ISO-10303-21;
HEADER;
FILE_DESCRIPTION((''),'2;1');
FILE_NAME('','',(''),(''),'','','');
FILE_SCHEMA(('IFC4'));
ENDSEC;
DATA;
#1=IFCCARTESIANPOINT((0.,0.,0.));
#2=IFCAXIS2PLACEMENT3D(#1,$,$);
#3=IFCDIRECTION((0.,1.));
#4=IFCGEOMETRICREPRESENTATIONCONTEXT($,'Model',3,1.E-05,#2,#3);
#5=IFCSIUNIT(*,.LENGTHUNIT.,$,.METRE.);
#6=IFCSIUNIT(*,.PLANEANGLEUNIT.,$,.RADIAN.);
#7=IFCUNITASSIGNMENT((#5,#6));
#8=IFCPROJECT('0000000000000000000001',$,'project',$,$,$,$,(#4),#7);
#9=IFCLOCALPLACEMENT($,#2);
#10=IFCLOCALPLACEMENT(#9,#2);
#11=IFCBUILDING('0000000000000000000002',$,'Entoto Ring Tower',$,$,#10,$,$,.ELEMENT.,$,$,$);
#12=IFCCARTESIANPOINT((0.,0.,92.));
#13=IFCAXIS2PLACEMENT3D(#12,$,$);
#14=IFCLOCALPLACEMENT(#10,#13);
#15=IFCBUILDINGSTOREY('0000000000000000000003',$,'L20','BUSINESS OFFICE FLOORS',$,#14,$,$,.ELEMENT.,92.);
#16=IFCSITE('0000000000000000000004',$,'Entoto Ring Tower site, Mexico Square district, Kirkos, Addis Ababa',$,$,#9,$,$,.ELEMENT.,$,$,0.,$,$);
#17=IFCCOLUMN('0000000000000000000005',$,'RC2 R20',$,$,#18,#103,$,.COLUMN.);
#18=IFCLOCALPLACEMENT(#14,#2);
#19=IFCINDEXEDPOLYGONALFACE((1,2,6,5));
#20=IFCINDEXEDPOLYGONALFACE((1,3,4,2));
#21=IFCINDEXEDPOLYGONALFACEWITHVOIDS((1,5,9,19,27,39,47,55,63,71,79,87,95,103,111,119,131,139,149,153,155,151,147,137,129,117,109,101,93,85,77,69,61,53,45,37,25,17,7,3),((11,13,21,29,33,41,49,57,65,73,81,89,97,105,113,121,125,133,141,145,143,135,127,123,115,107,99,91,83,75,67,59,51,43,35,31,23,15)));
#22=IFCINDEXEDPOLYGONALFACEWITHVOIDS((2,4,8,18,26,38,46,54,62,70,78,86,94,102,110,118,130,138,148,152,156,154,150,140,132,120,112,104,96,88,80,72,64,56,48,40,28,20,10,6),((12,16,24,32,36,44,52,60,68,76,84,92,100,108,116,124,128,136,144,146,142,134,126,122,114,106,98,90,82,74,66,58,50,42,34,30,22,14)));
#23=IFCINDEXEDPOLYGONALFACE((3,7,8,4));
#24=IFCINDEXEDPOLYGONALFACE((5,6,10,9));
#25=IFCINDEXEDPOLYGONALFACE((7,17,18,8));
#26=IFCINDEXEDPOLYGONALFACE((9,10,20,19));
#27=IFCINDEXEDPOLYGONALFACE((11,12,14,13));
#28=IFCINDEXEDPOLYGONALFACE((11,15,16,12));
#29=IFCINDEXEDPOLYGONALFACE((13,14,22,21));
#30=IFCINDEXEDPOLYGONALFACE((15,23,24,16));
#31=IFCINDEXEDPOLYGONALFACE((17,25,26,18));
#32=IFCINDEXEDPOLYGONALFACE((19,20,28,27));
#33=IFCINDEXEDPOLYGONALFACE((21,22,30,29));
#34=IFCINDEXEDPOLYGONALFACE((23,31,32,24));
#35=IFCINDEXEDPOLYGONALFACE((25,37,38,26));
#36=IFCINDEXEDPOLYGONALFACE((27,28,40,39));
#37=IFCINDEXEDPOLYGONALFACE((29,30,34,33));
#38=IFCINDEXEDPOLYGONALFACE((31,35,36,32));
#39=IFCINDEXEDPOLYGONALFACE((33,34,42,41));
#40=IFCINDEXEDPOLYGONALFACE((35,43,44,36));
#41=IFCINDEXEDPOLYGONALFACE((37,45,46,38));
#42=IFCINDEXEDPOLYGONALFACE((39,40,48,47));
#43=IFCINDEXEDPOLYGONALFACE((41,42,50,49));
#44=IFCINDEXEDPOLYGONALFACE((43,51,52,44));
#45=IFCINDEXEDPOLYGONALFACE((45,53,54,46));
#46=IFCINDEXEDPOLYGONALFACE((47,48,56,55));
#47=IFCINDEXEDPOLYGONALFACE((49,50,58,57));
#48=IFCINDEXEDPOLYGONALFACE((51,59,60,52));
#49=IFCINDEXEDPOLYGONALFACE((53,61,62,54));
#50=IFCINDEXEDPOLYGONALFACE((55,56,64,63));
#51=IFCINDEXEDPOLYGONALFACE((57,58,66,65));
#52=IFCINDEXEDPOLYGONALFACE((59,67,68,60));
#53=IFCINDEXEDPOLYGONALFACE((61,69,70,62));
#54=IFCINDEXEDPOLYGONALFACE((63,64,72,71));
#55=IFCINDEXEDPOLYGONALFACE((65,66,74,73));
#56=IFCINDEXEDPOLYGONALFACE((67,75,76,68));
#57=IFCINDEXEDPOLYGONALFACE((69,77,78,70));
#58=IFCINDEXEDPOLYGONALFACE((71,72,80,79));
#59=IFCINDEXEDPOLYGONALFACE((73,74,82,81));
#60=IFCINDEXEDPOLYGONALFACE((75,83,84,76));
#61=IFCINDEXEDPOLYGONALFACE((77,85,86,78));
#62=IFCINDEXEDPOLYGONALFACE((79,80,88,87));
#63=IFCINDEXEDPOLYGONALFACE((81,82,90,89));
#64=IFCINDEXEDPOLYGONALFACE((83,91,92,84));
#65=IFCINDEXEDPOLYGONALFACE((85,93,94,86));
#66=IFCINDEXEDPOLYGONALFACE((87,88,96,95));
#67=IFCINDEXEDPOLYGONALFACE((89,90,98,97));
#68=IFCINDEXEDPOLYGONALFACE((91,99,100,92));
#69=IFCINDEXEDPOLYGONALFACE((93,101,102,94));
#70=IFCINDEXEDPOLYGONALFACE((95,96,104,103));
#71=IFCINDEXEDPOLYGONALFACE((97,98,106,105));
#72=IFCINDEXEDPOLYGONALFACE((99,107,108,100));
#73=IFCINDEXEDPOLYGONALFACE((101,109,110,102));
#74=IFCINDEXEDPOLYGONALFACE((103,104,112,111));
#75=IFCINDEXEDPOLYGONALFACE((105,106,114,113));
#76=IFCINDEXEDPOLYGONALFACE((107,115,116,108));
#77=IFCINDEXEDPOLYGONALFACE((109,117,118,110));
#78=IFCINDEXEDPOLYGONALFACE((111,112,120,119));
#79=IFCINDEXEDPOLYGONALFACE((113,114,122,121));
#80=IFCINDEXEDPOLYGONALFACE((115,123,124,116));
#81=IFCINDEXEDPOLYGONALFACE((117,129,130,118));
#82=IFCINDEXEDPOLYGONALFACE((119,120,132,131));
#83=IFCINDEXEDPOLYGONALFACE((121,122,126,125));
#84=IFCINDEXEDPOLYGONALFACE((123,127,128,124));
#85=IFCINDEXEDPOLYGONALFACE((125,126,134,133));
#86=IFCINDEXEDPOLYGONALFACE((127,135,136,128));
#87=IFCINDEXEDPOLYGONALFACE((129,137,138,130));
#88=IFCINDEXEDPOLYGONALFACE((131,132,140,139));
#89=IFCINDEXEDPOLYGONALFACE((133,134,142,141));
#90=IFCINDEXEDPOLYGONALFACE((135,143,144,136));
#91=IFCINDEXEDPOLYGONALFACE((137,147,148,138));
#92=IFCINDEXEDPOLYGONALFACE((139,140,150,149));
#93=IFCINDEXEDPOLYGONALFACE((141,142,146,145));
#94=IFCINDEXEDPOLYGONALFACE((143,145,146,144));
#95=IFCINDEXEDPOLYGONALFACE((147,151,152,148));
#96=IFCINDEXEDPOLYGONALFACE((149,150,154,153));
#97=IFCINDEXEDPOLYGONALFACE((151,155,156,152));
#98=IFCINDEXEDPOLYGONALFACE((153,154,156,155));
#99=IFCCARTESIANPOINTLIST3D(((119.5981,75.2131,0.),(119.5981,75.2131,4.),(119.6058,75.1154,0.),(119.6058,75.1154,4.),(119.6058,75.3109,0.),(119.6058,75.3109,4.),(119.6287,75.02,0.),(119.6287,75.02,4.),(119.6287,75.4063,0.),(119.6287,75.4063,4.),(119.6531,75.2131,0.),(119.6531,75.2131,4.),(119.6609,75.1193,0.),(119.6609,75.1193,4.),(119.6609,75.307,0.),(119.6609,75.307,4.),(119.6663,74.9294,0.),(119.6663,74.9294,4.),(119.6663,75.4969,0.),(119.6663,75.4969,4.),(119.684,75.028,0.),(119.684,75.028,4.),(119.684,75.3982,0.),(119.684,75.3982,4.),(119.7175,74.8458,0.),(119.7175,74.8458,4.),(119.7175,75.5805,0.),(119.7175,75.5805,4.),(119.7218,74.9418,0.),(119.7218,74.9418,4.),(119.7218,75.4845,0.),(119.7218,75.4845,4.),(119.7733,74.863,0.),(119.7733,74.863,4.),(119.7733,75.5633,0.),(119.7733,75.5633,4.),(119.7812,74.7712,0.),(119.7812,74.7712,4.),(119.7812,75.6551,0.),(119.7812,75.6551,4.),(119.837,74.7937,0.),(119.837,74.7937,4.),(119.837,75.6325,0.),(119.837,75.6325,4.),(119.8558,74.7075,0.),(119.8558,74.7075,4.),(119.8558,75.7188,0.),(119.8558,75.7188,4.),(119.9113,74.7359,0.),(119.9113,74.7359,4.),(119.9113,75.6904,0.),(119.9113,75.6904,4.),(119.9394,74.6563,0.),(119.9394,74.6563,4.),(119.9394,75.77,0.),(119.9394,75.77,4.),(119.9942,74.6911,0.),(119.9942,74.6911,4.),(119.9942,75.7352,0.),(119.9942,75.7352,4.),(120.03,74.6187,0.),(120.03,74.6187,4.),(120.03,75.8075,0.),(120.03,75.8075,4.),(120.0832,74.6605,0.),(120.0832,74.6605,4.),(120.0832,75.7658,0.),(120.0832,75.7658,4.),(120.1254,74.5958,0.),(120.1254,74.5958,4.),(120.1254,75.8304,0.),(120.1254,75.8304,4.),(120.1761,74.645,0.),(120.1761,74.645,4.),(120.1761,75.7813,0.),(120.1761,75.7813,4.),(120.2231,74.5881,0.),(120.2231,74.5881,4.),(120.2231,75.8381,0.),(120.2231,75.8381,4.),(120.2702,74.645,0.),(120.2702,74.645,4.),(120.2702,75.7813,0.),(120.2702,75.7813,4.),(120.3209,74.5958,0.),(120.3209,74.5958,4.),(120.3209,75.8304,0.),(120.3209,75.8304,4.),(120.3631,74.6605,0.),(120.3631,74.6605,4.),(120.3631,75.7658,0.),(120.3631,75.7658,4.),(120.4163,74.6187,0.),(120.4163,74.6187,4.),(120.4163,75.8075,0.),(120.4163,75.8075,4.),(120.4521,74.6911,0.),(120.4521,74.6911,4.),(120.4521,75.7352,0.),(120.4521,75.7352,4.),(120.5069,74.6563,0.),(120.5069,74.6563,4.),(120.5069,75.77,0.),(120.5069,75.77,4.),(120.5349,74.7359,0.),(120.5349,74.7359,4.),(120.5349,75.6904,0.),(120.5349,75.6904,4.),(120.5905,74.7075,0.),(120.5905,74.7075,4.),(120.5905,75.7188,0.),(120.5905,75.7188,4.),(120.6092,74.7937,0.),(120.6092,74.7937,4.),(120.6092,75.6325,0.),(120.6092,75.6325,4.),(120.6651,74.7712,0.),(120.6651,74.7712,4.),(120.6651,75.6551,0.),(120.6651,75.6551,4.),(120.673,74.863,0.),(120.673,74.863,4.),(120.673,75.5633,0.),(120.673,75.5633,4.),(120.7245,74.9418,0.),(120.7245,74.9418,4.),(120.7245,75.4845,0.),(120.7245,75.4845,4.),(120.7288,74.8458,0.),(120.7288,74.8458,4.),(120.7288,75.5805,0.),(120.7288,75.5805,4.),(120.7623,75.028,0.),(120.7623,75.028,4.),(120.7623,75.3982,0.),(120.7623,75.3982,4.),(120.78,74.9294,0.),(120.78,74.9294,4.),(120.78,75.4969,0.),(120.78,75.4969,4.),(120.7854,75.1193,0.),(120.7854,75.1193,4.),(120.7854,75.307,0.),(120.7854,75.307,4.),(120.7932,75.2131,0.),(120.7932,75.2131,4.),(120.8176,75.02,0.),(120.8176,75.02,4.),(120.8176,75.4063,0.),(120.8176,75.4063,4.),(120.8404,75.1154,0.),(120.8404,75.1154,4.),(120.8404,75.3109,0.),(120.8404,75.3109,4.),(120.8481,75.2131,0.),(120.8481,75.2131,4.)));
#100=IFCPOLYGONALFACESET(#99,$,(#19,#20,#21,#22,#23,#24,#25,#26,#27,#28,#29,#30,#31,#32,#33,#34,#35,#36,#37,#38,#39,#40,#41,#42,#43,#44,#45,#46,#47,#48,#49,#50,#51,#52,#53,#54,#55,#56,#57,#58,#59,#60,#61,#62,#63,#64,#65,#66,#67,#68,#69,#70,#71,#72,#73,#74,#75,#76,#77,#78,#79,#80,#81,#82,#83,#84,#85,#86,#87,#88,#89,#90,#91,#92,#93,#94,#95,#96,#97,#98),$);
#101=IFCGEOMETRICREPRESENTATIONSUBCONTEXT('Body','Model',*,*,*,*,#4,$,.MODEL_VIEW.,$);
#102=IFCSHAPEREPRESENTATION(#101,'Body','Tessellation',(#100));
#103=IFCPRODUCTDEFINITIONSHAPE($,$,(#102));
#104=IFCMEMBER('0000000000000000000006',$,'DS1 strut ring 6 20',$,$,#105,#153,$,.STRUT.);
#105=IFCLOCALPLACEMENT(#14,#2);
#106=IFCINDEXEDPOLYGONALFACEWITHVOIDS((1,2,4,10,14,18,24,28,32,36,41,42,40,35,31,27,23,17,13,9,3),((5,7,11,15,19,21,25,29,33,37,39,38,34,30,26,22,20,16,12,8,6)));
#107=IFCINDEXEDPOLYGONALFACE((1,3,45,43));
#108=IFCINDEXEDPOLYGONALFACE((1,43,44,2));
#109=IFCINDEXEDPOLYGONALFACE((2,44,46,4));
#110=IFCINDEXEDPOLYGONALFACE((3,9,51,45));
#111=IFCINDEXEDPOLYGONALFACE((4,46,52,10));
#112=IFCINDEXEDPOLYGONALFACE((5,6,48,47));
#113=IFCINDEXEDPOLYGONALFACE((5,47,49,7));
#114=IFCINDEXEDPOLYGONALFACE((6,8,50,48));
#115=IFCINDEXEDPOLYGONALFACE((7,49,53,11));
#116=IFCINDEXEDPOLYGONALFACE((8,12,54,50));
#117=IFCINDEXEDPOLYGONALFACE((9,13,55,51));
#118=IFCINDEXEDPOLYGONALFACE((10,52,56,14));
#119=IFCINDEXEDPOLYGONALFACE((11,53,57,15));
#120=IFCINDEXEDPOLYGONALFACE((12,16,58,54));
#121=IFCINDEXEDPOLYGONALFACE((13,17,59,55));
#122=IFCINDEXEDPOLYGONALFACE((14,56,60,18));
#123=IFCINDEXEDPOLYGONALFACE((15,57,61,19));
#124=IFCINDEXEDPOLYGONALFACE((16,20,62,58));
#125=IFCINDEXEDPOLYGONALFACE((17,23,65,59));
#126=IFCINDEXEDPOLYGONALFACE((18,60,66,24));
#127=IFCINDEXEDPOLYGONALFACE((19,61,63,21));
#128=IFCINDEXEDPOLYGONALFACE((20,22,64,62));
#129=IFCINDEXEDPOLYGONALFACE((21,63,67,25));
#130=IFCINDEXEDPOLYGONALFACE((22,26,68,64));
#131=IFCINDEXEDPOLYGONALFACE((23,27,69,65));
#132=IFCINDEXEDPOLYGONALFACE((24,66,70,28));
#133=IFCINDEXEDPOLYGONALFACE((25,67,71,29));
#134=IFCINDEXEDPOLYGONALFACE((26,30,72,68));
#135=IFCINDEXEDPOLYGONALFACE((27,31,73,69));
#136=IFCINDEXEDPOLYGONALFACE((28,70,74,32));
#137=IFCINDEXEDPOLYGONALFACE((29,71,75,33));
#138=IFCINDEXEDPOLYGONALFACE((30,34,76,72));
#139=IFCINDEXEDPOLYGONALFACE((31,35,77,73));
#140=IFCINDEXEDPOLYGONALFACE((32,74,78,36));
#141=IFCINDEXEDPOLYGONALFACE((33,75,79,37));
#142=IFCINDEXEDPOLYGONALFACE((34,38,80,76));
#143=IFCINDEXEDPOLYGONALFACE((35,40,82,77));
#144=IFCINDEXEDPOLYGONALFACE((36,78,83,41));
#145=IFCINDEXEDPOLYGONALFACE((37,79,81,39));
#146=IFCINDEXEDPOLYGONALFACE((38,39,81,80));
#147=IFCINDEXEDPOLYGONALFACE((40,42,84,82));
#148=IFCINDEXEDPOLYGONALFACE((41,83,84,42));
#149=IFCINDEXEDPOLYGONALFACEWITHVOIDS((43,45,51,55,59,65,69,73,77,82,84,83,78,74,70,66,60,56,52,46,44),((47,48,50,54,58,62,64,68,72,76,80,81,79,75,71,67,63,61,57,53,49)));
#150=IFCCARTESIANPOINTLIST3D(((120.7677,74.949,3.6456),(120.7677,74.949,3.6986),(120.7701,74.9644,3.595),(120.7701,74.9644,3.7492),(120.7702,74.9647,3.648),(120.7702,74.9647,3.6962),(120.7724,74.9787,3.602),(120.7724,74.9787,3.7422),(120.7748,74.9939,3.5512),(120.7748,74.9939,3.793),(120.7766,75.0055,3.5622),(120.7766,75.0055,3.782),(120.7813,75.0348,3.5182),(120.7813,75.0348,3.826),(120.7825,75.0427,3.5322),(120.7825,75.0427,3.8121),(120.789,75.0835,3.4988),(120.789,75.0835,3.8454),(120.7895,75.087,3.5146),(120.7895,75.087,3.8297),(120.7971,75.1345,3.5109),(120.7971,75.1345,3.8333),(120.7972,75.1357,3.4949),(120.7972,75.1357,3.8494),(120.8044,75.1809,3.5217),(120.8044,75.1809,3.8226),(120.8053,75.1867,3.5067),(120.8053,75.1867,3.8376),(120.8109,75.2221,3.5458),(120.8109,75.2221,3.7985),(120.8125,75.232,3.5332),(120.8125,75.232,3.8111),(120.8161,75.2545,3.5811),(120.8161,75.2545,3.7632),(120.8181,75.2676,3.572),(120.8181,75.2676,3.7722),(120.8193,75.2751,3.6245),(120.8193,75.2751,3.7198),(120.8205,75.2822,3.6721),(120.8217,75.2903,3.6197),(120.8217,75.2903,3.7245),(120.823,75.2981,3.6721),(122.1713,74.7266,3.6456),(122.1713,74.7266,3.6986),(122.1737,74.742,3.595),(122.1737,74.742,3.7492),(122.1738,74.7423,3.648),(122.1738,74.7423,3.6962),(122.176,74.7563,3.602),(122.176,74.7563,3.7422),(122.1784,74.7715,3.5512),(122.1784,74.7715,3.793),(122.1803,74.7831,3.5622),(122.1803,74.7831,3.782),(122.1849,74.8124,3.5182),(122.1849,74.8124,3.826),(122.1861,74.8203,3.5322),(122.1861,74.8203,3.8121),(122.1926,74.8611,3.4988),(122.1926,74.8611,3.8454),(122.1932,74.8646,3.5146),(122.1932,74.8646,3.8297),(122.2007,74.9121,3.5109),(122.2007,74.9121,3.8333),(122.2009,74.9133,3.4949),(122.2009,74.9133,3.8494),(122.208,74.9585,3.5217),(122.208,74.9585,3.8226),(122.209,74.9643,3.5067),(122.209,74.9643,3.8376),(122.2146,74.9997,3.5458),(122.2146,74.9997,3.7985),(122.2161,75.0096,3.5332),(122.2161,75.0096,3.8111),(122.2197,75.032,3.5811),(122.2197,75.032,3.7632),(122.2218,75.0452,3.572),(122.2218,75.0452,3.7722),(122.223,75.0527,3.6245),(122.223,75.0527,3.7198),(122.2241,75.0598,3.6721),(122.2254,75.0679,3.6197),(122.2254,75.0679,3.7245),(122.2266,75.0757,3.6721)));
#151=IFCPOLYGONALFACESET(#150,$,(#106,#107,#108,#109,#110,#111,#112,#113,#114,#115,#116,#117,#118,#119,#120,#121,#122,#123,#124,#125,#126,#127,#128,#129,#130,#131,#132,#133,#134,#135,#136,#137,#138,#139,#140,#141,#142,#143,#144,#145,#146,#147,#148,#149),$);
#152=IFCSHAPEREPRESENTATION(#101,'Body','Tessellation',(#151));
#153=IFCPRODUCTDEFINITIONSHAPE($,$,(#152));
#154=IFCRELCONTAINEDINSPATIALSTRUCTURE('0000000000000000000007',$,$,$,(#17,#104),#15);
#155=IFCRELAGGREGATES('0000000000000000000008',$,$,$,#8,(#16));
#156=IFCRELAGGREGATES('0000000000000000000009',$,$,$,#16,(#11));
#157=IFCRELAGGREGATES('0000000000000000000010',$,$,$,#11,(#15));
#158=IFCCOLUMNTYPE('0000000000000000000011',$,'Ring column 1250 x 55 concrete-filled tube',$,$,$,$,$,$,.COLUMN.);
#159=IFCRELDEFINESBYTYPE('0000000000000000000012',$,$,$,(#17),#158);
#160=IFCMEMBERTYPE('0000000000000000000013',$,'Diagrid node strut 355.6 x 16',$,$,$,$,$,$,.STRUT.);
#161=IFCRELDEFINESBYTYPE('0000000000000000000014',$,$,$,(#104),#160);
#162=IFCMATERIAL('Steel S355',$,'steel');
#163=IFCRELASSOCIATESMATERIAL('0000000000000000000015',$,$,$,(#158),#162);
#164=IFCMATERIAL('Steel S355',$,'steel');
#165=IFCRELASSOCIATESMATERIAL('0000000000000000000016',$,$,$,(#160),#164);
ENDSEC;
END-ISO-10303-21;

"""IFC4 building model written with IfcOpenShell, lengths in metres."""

from ifc_helpers import new_model, si_unit, direction, frame, origin, origin_2d, place, context, subcontext, project, spatial, circle, hollow_circle, extrude, material, material_profile, profile_set, type_object, element, save


model = new_model("IFC4")

# Units and contexts
model_context = context("Model", 3, precision=1e-05, world=origin(), true_north=direction((0.0, 1.0)))
body_context = subcontext(model_context, "Body", "Model", "MODEL_VIEW")
ifc_project = project(units=[si_unit("LENGTHUNIT", "METRE"), si_unit("PLANEANGLEUNIT", "RADIAN")], contexts=[model_context])

# Site, building, storey
site_placement = place(None, origin())
site = spatial("IfcSite", under=ifc_project, at=site_placement, Name="Entoto Ring Tower site, Mexico Square district, Kirkos, Addis Ababa", CompositionType="ELEMENT", RefElevation=0.0)
building_placement = place(site_placement, origin())
building = spatial("IfcBuilding", under=site, at=building_placement, Name="Entoto Ring Tower", CompositionType="ELEMENT")
storey_placement = place(building_placement, frame((0.0, 0.0, 92.0)))
storey = spatial("IfcBuildingStorey", under=building, at=storey_placement, Name="L20", Description="BUSINESS OFFICE FLOORS", CompositionType="ELEMENT", Elevation=92.0)

# Column
ifc_material_1 = material(Name="Steel S355", Category="steel")
ifc_material_profile_1 = material_profile(ifc_material_1, hollow_circle(Radius=0.625, WallThickness=0.0549, at=origin_2d()), Name="CHS 1250 x 55")
ifc_material_2 = material(Name="Concrete C60/75", Category="concrete")
ifc_material_profile_2 = material_profile(ifc_material_2, circle(Radius=0.5701, at=origin_2d()), Name="Concrete C60/75 infill")
ifc_profile_set_1 = profile_set([ifc_material_profile_1, ifc_material_profile_2], Name="Steel S355")
column_type = type_object("IfcColumnType", Name="Ring column 1250 x 55 concrete-filled tube", PredefinedType="COLUMN", material=ifc_profile_set_1)
column_placement = place(storey_placement, frame((120.2231, 75.2131, 0.0), z_axis=(0.0, 0.0, 1.0), x_axis=(1.0, 0.0, 0.0)))
element("IfcColumn", 1, at=column_placement, inside=storey, type_object=column_type, Name="RC2 R20", PredefinedType="COLUMN", context=body_context, shape_type="SweptSolid", body=[
    extrude(hollow_circle(Radius=0.625, WallThickness=0.0549, at=origin_2d()), origin(), (0.0, 0.0, 1.0), 4.0),
])

# Member
ifc_material_3 = material(Name="Steel S355", Category="steel")
ifc_material_profile_3 = material_profile(ifc_material_3, hollow_circle(Radius=0.1777, WallThickness=0.0161, at=origin_2d()), Name="CHS 355.6 x 16")
ifc_material_4 = material(Name="Concrete C60/75", Category="concrete")
ifc_material_profile_4 = material_profile(ifc_material_4, circle(Radius=0.1619, at=origin_2d()), Name="Concrete C60/75 infill")
ifc_profile_set_2 = profile_set([ifc_material_profile_3, ifc_material_profile_4], Name="Steel S355")
member_type = type_object("IfcMemberType", Name="Diagrid node strut 355.6 x 16", PredefinedType="STRUT", material=ifc_profile_set_2)
member_placement = place(storey_placement, frame((120.7952, 75.1226, 3.6721), z_axis=(0.987676, -0.15651, 0.0), x_axis=(0.15651, 0.987676, 0.0)))
element("IfcMember", 2, at=member_placement, inside=storey, type_object=member_type, Name="DS1 strut ring 6 20", PredefinedType="STRUT", context=body_context, shape_type="SweptSolid", body=[
    extrude(hollow_circle(Radius=0.1777, WallThickness=0.0161, at=origin_2d()), origin(), (0.0, 0.0, 1.0), 1.4211),
])

save(model, "model.ifc")
